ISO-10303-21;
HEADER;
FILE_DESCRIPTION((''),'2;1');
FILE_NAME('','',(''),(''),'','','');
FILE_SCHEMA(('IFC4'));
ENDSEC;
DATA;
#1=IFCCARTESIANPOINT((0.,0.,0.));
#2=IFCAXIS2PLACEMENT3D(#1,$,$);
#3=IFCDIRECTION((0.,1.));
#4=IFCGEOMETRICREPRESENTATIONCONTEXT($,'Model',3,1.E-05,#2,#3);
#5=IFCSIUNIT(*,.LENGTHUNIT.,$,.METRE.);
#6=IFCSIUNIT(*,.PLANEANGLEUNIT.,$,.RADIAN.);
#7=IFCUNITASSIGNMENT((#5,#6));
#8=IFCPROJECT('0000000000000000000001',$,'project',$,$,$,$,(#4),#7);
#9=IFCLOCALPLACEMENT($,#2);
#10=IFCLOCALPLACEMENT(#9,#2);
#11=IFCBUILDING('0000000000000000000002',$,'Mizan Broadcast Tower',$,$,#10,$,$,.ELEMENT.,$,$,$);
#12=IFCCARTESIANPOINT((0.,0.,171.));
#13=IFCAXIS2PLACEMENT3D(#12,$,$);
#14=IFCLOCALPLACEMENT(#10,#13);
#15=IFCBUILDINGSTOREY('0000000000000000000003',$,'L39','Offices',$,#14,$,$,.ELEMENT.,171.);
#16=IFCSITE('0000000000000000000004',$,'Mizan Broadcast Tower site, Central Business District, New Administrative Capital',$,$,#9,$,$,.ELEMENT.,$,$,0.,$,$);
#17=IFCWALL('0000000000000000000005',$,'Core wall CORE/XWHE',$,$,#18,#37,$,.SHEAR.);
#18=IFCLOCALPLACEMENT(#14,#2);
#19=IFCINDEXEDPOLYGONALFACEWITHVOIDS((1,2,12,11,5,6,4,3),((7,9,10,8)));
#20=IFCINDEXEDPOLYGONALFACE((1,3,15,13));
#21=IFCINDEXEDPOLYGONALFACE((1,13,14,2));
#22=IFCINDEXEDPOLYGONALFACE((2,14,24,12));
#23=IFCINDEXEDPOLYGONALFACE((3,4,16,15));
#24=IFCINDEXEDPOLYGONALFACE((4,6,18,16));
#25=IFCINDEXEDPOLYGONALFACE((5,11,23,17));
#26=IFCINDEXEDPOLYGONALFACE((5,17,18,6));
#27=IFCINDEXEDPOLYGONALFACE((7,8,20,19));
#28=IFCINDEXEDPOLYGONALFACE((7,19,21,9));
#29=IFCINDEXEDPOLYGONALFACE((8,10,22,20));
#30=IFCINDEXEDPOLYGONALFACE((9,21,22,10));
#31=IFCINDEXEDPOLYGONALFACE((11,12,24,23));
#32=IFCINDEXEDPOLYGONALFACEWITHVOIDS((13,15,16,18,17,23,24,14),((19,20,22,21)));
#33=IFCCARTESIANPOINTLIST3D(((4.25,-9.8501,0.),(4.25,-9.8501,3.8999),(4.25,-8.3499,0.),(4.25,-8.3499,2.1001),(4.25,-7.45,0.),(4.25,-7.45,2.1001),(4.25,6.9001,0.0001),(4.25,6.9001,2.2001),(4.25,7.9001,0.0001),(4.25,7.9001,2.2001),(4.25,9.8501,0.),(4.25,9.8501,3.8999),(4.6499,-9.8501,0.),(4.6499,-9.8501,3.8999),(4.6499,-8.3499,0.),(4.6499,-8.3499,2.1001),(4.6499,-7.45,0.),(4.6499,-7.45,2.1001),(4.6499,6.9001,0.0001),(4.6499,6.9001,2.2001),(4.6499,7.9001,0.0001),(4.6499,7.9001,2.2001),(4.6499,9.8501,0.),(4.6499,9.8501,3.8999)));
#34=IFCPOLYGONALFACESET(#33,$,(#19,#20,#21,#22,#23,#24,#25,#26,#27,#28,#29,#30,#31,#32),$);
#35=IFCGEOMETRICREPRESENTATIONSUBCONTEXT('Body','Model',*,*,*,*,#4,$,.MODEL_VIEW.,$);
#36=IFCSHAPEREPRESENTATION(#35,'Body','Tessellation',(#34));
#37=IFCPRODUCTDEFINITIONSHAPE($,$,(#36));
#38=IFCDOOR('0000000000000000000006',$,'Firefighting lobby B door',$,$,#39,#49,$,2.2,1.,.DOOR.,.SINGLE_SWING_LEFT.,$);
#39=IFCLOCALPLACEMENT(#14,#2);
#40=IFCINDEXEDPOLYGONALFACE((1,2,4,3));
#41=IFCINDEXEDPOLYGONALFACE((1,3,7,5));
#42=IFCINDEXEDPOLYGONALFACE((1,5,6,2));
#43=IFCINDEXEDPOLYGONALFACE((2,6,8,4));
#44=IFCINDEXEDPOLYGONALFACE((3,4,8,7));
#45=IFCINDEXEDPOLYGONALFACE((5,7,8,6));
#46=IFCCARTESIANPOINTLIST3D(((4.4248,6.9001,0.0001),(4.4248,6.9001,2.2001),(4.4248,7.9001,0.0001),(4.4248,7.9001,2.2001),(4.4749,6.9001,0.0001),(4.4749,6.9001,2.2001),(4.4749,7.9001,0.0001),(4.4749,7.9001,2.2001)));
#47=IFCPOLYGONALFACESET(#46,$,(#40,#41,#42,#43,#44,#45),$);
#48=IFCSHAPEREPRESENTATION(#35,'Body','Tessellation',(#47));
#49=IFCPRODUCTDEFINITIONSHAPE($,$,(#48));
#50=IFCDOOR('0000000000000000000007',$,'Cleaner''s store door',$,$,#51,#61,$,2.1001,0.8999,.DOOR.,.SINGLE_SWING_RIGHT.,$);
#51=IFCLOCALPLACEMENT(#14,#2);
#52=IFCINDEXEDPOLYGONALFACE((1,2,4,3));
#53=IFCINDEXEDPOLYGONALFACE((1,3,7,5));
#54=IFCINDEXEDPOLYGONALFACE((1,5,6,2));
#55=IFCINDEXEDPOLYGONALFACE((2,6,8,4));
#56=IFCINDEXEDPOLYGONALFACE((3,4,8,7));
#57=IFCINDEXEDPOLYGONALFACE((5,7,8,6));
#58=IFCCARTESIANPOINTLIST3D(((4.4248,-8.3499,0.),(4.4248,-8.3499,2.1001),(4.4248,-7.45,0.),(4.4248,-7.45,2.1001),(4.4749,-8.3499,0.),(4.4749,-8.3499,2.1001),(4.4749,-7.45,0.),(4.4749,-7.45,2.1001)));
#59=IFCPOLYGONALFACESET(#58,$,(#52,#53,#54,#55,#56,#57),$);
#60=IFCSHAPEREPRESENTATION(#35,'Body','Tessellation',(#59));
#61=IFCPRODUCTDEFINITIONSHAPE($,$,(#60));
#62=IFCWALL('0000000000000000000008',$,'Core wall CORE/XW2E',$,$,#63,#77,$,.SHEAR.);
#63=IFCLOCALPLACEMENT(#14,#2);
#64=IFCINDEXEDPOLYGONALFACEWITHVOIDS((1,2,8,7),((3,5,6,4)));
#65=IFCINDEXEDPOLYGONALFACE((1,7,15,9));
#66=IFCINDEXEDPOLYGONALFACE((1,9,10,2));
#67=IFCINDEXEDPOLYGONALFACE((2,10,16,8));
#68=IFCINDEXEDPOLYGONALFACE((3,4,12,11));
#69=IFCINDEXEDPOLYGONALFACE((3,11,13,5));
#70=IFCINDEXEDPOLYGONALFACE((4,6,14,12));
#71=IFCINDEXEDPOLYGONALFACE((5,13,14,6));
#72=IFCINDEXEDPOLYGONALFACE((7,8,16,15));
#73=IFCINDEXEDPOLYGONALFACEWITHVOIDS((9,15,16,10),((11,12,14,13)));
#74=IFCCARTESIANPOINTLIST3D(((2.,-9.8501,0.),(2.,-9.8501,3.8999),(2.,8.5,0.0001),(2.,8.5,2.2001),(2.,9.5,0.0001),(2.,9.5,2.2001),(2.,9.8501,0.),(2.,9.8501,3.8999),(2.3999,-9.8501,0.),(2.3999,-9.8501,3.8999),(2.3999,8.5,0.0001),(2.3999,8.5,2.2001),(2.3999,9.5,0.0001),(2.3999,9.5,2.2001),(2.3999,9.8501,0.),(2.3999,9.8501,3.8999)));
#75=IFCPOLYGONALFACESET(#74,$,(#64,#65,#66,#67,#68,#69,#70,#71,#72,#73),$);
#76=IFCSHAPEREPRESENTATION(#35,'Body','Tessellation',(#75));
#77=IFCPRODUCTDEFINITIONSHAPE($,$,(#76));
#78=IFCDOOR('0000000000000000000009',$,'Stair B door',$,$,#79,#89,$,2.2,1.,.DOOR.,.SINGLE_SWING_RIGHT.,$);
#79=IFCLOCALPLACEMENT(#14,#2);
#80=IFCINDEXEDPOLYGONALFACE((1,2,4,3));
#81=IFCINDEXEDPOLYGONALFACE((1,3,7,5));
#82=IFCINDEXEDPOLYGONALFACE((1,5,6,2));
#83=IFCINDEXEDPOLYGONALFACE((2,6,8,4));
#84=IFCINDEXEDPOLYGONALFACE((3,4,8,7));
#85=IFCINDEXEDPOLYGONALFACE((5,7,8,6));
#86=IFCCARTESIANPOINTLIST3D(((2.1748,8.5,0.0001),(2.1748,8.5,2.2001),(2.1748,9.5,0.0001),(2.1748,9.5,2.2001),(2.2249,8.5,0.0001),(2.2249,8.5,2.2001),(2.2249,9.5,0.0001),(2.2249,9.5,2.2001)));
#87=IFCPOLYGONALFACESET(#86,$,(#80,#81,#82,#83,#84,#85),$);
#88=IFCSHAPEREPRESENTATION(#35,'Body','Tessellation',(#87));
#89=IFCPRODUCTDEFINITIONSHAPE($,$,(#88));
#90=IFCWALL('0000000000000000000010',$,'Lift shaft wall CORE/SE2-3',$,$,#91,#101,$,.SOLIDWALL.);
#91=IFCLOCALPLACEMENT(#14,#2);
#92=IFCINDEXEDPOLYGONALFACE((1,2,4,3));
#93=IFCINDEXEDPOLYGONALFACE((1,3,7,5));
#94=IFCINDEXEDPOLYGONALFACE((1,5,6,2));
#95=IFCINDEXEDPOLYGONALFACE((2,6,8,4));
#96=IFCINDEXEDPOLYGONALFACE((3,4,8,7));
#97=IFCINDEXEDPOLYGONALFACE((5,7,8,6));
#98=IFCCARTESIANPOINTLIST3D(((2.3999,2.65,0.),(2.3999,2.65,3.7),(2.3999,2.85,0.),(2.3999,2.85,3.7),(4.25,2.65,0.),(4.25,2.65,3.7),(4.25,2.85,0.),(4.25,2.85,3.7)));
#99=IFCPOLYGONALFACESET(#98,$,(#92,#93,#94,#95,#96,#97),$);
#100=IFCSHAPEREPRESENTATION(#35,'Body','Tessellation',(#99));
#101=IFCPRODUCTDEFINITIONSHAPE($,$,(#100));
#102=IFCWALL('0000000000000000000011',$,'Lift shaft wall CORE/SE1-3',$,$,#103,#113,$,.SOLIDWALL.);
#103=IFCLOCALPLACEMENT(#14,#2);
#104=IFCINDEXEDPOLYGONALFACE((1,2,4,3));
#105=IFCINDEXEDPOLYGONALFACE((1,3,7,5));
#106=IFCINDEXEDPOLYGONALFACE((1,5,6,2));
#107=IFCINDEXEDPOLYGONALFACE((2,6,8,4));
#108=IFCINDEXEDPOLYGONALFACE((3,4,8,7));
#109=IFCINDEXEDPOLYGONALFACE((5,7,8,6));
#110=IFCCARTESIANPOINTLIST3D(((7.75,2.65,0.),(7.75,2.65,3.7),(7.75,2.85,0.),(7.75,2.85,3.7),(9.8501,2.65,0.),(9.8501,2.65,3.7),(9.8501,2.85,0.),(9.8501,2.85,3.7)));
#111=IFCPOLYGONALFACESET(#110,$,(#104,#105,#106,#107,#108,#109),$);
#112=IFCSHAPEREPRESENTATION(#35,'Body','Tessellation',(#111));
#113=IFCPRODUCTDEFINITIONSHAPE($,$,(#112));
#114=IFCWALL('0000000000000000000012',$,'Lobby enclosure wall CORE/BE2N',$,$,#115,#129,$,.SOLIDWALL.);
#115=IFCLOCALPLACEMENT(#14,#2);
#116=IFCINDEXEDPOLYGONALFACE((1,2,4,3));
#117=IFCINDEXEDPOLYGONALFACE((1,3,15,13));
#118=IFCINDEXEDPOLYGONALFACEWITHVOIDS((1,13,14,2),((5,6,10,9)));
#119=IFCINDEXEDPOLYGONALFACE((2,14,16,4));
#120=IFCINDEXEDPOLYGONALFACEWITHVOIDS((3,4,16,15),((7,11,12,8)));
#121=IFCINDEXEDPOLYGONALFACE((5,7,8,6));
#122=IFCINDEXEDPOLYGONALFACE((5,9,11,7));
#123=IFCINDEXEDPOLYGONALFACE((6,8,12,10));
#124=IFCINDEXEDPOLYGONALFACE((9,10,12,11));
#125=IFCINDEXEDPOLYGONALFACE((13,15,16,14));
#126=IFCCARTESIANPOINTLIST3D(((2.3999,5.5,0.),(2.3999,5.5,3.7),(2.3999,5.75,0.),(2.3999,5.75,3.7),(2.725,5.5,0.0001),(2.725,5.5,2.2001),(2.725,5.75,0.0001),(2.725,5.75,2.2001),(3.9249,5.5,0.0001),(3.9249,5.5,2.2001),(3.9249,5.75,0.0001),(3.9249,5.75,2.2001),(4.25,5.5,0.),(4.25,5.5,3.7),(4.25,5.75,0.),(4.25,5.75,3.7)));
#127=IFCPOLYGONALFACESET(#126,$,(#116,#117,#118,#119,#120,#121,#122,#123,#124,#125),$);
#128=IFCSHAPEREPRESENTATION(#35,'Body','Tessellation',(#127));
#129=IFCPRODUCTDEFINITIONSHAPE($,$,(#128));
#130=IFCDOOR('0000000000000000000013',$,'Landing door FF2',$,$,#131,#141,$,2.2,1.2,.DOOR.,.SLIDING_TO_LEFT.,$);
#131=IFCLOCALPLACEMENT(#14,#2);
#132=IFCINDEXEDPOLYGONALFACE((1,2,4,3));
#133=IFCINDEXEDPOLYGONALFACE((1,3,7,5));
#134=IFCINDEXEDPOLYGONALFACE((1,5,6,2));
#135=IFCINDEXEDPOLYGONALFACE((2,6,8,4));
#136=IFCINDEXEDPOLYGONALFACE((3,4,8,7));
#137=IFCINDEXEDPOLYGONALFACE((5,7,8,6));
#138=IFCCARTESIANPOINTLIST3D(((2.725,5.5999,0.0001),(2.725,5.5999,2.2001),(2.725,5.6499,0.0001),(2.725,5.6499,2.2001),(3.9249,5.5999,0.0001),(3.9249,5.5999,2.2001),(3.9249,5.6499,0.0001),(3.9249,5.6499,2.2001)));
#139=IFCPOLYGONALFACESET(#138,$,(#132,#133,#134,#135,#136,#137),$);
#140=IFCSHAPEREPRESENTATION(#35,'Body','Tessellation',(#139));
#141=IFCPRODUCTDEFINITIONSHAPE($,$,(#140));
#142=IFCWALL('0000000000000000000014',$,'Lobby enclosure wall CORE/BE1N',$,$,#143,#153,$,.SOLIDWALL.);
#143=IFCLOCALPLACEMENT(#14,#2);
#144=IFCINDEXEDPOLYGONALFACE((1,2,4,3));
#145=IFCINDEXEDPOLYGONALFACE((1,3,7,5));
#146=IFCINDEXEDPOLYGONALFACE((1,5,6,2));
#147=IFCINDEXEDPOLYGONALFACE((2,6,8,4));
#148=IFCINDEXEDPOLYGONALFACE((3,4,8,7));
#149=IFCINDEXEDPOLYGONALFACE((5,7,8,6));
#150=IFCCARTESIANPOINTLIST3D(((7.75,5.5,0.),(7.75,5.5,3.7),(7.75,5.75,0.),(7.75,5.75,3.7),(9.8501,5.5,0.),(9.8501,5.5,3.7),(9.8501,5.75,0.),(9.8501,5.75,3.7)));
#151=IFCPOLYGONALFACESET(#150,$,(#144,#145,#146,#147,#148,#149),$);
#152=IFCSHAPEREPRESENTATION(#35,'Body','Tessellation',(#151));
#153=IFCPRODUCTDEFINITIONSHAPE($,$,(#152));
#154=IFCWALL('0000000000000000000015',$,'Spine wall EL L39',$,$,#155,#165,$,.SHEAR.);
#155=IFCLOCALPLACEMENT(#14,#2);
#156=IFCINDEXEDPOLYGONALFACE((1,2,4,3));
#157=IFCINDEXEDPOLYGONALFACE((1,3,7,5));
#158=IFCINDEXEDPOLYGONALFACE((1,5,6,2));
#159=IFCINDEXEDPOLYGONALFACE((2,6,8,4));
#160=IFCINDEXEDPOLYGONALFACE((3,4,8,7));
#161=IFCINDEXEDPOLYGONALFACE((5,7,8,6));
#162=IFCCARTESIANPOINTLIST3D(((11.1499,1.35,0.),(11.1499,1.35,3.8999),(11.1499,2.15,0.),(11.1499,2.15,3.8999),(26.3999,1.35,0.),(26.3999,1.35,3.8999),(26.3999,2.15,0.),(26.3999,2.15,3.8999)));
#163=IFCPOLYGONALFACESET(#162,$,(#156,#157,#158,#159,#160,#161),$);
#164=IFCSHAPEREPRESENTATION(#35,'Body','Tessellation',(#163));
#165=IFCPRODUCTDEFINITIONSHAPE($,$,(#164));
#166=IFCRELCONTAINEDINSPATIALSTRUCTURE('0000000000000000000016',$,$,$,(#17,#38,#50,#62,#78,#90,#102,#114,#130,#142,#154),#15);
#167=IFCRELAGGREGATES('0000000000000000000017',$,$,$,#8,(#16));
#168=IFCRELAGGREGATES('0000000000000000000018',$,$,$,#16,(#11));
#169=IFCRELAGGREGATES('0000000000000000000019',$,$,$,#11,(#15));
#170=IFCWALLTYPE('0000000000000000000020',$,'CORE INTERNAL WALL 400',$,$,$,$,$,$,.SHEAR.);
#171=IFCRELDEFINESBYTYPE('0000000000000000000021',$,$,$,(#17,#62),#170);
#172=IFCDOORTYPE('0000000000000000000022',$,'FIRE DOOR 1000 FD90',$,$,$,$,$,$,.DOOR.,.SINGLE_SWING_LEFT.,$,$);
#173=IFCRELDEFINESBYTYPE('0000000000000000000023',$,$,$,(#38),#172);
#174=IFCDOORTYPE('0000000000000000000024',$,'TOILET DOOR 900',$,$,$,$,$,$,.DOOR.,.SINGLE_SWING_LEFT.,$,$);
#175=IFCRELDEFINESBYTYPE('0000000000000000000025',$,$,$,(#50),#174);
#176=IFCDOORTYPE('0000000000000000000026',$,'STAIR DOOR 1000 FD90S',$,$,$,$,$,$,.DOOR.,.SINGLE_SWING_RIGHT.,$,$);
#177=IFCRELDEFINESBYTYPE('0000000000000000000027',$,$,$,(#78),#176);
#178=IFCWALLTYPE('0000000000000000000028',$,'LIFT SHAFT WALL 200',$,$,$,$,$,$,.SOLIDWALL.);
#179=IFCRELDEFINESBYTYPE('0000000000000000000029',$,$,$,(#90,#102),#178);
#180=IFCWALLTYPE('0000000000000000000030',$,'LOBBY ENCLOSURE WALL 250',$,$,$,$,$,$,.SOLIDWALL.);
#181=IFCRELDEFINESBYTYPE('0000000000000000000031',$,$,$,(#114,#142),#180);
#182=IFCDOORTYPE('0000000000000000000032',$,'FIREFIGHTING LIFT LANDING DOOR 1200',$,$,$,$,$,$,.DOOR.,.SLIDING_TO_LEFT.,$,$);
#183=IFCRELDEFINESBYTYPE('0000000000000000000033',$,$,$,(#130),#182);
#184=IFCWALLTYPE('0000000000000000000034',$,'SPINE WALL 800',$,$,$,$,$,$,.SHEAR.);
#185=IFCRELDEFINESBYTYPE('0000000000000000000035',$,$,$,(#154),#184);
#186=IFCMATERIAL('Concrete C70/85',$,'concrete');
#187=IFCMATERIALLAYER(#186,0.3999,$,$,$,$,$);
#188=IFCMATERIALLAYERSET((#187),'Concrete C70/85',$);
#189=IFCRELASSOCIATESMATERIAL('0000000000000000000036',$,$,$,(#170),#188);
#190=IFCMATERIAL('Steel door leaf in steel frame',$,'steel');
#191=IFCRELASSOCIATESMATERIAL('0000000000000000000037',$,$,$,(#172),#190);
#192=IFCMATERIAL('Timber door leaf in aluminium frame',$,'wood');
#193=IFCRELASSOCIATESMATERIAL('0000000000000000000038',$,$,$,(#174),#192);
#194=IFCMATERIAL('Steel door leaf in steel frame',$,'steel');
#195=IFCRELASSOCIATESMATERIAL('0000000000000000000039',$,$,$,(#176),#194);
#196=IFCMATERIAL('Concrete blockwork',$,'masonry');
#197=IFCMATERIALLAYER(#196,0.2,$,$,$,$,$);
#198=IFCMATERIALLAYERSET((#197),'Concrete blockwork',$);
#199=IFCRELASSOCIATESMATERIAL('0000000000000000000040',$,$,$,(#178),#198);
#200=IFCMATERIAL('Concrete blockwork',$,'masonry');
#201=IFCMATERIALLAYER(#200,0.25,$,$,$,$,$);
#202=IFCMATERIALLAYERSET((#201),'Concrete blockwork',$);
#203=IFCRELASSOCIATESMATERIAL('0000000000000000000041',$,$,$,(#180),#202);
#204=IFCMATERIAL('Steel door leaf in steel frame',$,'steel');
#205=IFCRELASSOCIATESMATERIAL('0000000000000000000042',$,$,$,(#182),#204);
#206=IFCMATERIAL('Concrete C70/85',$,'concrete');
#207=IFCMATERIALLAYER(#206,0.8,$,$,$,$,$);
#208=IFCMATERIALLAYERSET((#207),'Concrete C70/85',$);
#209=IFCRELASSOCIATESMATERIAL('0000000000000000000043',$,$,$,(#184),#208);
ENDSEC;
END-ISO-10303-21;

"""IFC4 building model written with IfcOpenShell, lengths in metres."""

from ifc_helpers import new_model, si_unit, direction, frame, frame_2d, origin, place, context, subcontext, project, spatial, rectangle, extrude, material, layer, layer_set, type_object, element, fill, save


model = new_model("IFC4")

# Units and contexts
model_context = context("Model", 3, precision=1e-05, world=origin(), true_north=direction((0.0, 1.0)))
body_context = subcontext(model_context, "Body", "Model", "MODEL_VIEW")
ifc_project = project(units=[si_unit("LENGTHUNIT", "METRE"), si_unit("PLANEANGLEUNIT", "RADIAN")], contexts=[model_context])

# Site, building, storey
site_placement = place(None, origin())
site = spatial("IfcSite", under=ifc_project, at=site_placement, Name="Mizan Broadcast Tower site, Central Business District, New Administrative Capital", CompositionType="ELEMENT", RefElevation=0.0)
building_placement = place(site_placement, origin())
building = spatial("IfcBuilding", under=site, at=building_placement, Name="Mizan Broadcast Tower", CompositionType="ELEMENT")
storey_placement = place(building_placement, frame((0.0, 0.0, 171.0)))
storey = spatial("IfcBuildingStorey", under=building, at=storey_placement, Name="L39", Description="Offices", CompositionType="ELEMENT", Elevation=171.0)

# Wall, openings, doors
ifc_material_1 = material(Name="Concrete C70/85", Category="concrete")
ifc_layer_1 = layer(ifc_material_1, 0.3999)
ifc_layer_set_1 = layer_set([ifc_layer_1], Name="Concrete C70/85")
wall_type_1 = type_object("IfcWallType", Name="CORE INTERNAL WALL 400", PredefinedType="SHEAR", material=ifc_layer_set_1)
wall_1_placement = place(storey_placement, frame((4.45, 9.8501, 0.0), z_axis=(0.0, 0.0, 1.0), x_axis=(0.0, -1.0, 0.0)))
wall_1 = element("IfcWall", 1, at=wall_1_placement, inside=storey, type_object=wall_type_1, Name="Core wall CORE/XWHE", PredefinedType="SHEAR", context=body_context, shape_type="SweptSolid", body=[
    extrude(rectangle(XDim=19.7002, YDim=0.3999, at=frame_2d((9.8501, 0.0))), origin(), (0.0, 0.0, 1.0), 3.8999),
])
opening_1_placement = place(wall_1_placement, frame((1.95, 0.0, 0.0)))
opening_1 = element("IfcOpeningElement", 2, at=opening_1_placement, cuts=wall_1, PredefinedType="OPENING", context=body_context, shape_type="SweptSolid", body=[
    extrude(rectangle(XDim=1.0, YDim=2.2, at=frame_2d((0.5, 1.1001))), frame((0.0, 0.21, 0.0), z_axis=(0.0, -1.0, 0.0), x_axis=(1.0, 0.0, 0.0)), (0.0, 0.0, 1.0), 0.4199),
])
opening_2_placement = place(wall_1_placement, frame((17.3, 0.0, 0.0)))
opening_2 = element("IfcOpeningElement", 3, at=opening_2_placement, cuts=wall_1, PredefinedType="OPENING", context=body_context, shape_type="SweptSolid", body=[
    extrude(rectangle(XDim=0.8999, YDim=2.1001, at=frame_2d((0.45, 1.05))), frame((0.0, 0.21, 0.0), z_axis=(0.0, -1.0, 0.0), x_axis=(1.0, 0.0, 0.0)), (0.0, 0.0, 1.0), 0.4199),
])
ifc_material_2 = material(Name="Steel door leaf in steel frame", Category="steel")
door_type_1 = type_object("IfcDoorType", Name="FIRE DOOR 1000 FD90", OperationType="SINGLE_SWING_LEFT", PredefinedType="DOOR", material=ifc_material_2)
door_1_placement = place(opening_1_placement, origin())
door_1 = element("IfcDoor", 4, at=door_1_placement, inside=storey, type_object=door_type_1, Name="Firefighting lobby B door", OperationType="SINGLE_SWING_LEFT", OverallHeight=2.2, OverallWidth=1.0, PredefinedType="DOOR", context=body_context, shape_type="SweptSolid", body=[
    extrude(rectangle(XDim=1.0, YDim=2.2, at=frame_2d((0.5, 1.1001))), frame((0.0, 0.0249, 0.0), z_axis=(0.0, -1.0, 0.0), x_axis=(1.0, 0.0, 0.0)), (0.0, 0.0, 1.0), 0.05),
])
fill(opening_1, door_1)
ifc_material_3 = material(Name="Timber door leaf in aluminium frame", Category="wood")
door_type_2 = type_object("IfcDoorType", Name="TOILET DOOR 900", OperationType="SINGLE_SWING_LEFT", PredefinedType="DOOR", material=ifc_material_3)
door_2_placement = place(opening_2_placement, origin())
door_2 = element("IfcDoor", 5, at=door_2_placement, inside=storey, type_object=door_type_2, Name="Cleaner's store door", OperationType="SINGLE_SWING_RIGHT", OverallHeight=2.1001, OverallWidth=0.8999, PredefinedType="DOOR", context=body_context, shape_type="SweptSolid", body=[
    extrude(rectangle(XDim=0.8999, YDim=2.1001, at=frame_2d((0.45, 1.05))), frame((0.0, 0.0249, 0.0), z_axis=(0.0, -1.0, 0.0), x_axis=(1.0, 0.0, 0.0)), (0.0, 0.0, 1.0), 0.05),
])
fill(opening_2, door_2)

# Wall, opening, door
wall_2_placement = place(storey_placement, frame((2.2, 9.8501, 0.0), z_axis=(0.0, 0.0, 1.0), x_axis=(0.0, -1.0, 0.0)))
wall_2 = element("IfcWall", 6, at=wall_2_placement, inside=storey, type_object=wall_type_1, Name="Core wall CORE/XW2E", PredefinedType="SHEAR", context=body_context, shape_type="SweptSolid", body=[
    extrude(rectangle(XDim=19.7002, YDim=0.3999, at=frame_2d((9.8501, 0.0))), origin(), (0.0, 0.0, 1.0), 3.8999),
])
opening_3_placement = place(wall_2_placement, frame((0.3501, 0.0, 0.0)))
opening_3 = element("IfcOpeningElement", 7, at=opening_3_placement, cuts=wall_2, PredefinedType="OPENING", context=body_context, shape_type="SweptSolid", body=[
    extrude(rectangle(XDim=1.0, YDim=2.2, at=frame_2d((0.5, 1.1001))), frame((0.0, 0.21, 0.0), z_axis=(0.0, -1.0, 0.0), x_axis=(1.0, 0.0, 0.0)), (0.0, 0.0, 1.0), 0.4199),
])
ifc_material_4 = material(Name="Steel door leaf in steel frame", Category="steel")
door_type_3 = type_object("IfcDoorType", Name="STAIR DOOR 1000 FD90S", OperationType="SINGLE_SWING_RIGHT", PredefinedType="DOOR", material=ifc_material_4)
door_3_placement = place(opening_3_placement, origin())
door_3 = element("IfcDoor", 8, at=door_3_placement, inside=storey, type_object=door_type_3, Name="Stair B door", OperationType="SINGLE_SWING_RIGHT", OverallHeight=2.2, OverallWidth=1.0, PredefinedType="DOOR", context=body_context, shape_type="SweptSolid", body=[
    extrude(rectangle(XDim=1.0, YDim=2.2, at=frame_2d((0.5, 1.1001))), frame((0.0, 0.0249, 0.0), z_axis=(0.0, -1.0, 0.0), x_axis=(1.0, 0.0, 0.0)), (0.0, 0.0, 1.0), 0.05),
])
fill(opening_3, door_3)

# Walls
ifc_material_5 = material(Name="Concrete blockwork", Category="masonry")
ifc_layer_2 = layer(ifc_material_5, 0.2)
ifc_layer_set_2 = layer_set([ifc_layer_2], Name="Concrete blockwork")
wall_type_2 = type_object("IfcWallType", Name="LIFT SHAFT WALL 200", PredefinedType="SOLIDWALL", material=ifc_layer_set_2)
wall_3_placement = place(storey_placement, frame((2.3999, 2.75, 0.0), z_axis=(0.0, 0.0, 1.0), x_axis=(1.0, 0.0, 0.0)))
element("IfcWall", 9, at=wall_3_placement, inside=storey, type_object=wall_type_2, Name="Lift shaft wall CORE/SE2-3", PredefinedType="SOLIDWALL", context=body_context, shape_type="SweptSolid", body=[
    extrude(rectangle(XDim=1.8501, YDim=0.2, at=frame_2d((0.925, 0.0))), origin(), (0.0, 0.0, 1.0), 3.7),
])
wall_4_placement = place(storey_placement, frame((7.75, 2.75, 0.0), z_axis=(0.0, 0.0, 1.0), x_axis=(1.0, 0.0, 0.0)))
element("IfcWall", 10, at=wall_4_placement, inside=storey, type_object=wall_type_2, Name="Lift shaft wall CORE/SE1-3", PredefinedType="SOLIDWALL", context=body_context, shape_type="SweptSolid", body=[
    extrude(rectangle(XDim=2.1001, YDim=0.2, at=frame_2d((1.05, 0.0))), origin(), (0.0, 0.0, 1.0), 3.7),
])

# Wall, opening, door
ifc_material_6 = material(Name="Concrete blockwork", Category="masonry")
ifc_layer_3 = layer(ifc_material_6, 0.25)
ifc_layer_set_3 = layer_set([ifc_layer_3], Name="Concrete blockwork")
wall_type_3 = type_object("IfcWallType", Name="LOBBY ENCLOSURE WALL 250", PredefinedType="SOLIDWALL", material=ifc_layer_set_3)
wall_5_placement = place(storey_placement, frame((2.3999, 5.625, 0.0), z_axis=(0.0, 0.0, 1.0), x_axis=(1.0, 0.0, 0.0)))
wall_5 = element("IfcWall", 11, at=wall_5_placement, inside=storey, type_object=wall_type_3, Name="Lobby enclosure wall CORE/BE2N", PredefinedType="SOLIDWALL", context=body_context, shape_type="SweptSolid", body=[
    extrude(rectangle(XDim=1.8501, YDim=0.25, at=frame_2d((0.925, 0.0))), origin(), (0.0, 0.0, 1.0), 3.7),
])
opening_4_placement = place(wall_5_placement, frame((0.325, 0.0, 0.0)))
opening_4 = element("IfcOpeningElement", 12, at=opening_4_placement, cuts=wall_5, PredefinedType="OPENING", context=body_context, shape_type="SweptSolid", body=[
    extrude(rectangle(XDim=1.2, YDim=2.2, at=frame_2d((0.6001, 1.1001))), frame((0.0, 0.135, 0.0), z_axis=(0.0, -1.0, 0.0), x_axis=(1.0, 0.0, 0.0)), (0.0, 0.0, 1.0), 0.27),
])
ifc_material_7 = material(Name="Steel door leaf in steel frame", Category="steel")
door_type_4 = type_object("IfcDoorType", Name="FIREFIGHTING LIFT LANDING DOOR 1200", OperationType="SLIDING_TO_LEFT", PredefinedType="DOOR", material=ifc_material_7)
door_4_placement = place(opening_4_placement, origin())
door_4 = element("IfcDoor", 13, at=door_4_placement, inside=storey, type_object=door_type_4, Name="Landing door FF2", OperationType="SLIDING_TO_LEFT", OverallHeight=2.2, OverallWidth=1.2, PredefinedType="DOOR", context=body_context, shape_type="SweptSolid", body=[
    extrude(rectangle(XDim=1.2, YDim=2.2, at=frame_2d((0.6001, 1.1001))), frame((0.0, 0.0249, 0.0), z_axis=(0.0, -1.0, 0.0), x_axis=(1.0, 0.0, 0.0)), (0.0, 0.0, 1.0), 0.05),
])
fill(opening_4, door_4)

# Walls
wall_6_placement = place(storey_placement, frame((7.75, 5.625, 0.0), z_axis=(0.0, 0.0, 1.0), x_axis=(1.0, 0.0, 0.0)))
element("IfcWall", 14, at=wall_6_placement, inside=storey, type_object=wall_type_3, Name="Lobby enclosure wall CORE/BE1N", PredefinedType="SOLIDWALL", context=body_context, shape_type="SweptSolid", body=[
    extrude(rectangle(XDim=2.1001, YDim=0.25, at=frame_2d((1.05, 0.0))), origin(), (0.0, 0.0, 1.0), 3.7),
])
ifc_material_8 = material(Name="Concrete C70/85", Category="concrete")
ifc_layer_4 = layer(ifc_material_8, 0.8)
ifc_layer_set_4 = layer_set([ifc_layer_4], Name="Concrete C70/85")
wall_type_4 = type_object("IfcWallType", Name="SPINE WALL 800", PredefinedType="SHEAR", material=ifc_layer_set_4)
wall_7_placement = place(storey_placement, frame((11.1499, 1.75, 0.0), z_axis=(0.0, 0.0, 1.0), x_axis=(1.0, 0.0, 0.0)))
element("IfcWall", 15, at=wall_7_placement, inside=storey, type_object=wall_type_4, Name="Spine wall EL L39", PredefinedType="SHEAR", context=body_context, shape_type="SweptSolid", body=[
    extrude(rectangle(XDim=15.25, YDim=0.8, at=frame_2d((7.625, 0.0))), origin(), (0.0, 0.0, 1.0), 3.8999),
])

save(model, "model.ifc")
